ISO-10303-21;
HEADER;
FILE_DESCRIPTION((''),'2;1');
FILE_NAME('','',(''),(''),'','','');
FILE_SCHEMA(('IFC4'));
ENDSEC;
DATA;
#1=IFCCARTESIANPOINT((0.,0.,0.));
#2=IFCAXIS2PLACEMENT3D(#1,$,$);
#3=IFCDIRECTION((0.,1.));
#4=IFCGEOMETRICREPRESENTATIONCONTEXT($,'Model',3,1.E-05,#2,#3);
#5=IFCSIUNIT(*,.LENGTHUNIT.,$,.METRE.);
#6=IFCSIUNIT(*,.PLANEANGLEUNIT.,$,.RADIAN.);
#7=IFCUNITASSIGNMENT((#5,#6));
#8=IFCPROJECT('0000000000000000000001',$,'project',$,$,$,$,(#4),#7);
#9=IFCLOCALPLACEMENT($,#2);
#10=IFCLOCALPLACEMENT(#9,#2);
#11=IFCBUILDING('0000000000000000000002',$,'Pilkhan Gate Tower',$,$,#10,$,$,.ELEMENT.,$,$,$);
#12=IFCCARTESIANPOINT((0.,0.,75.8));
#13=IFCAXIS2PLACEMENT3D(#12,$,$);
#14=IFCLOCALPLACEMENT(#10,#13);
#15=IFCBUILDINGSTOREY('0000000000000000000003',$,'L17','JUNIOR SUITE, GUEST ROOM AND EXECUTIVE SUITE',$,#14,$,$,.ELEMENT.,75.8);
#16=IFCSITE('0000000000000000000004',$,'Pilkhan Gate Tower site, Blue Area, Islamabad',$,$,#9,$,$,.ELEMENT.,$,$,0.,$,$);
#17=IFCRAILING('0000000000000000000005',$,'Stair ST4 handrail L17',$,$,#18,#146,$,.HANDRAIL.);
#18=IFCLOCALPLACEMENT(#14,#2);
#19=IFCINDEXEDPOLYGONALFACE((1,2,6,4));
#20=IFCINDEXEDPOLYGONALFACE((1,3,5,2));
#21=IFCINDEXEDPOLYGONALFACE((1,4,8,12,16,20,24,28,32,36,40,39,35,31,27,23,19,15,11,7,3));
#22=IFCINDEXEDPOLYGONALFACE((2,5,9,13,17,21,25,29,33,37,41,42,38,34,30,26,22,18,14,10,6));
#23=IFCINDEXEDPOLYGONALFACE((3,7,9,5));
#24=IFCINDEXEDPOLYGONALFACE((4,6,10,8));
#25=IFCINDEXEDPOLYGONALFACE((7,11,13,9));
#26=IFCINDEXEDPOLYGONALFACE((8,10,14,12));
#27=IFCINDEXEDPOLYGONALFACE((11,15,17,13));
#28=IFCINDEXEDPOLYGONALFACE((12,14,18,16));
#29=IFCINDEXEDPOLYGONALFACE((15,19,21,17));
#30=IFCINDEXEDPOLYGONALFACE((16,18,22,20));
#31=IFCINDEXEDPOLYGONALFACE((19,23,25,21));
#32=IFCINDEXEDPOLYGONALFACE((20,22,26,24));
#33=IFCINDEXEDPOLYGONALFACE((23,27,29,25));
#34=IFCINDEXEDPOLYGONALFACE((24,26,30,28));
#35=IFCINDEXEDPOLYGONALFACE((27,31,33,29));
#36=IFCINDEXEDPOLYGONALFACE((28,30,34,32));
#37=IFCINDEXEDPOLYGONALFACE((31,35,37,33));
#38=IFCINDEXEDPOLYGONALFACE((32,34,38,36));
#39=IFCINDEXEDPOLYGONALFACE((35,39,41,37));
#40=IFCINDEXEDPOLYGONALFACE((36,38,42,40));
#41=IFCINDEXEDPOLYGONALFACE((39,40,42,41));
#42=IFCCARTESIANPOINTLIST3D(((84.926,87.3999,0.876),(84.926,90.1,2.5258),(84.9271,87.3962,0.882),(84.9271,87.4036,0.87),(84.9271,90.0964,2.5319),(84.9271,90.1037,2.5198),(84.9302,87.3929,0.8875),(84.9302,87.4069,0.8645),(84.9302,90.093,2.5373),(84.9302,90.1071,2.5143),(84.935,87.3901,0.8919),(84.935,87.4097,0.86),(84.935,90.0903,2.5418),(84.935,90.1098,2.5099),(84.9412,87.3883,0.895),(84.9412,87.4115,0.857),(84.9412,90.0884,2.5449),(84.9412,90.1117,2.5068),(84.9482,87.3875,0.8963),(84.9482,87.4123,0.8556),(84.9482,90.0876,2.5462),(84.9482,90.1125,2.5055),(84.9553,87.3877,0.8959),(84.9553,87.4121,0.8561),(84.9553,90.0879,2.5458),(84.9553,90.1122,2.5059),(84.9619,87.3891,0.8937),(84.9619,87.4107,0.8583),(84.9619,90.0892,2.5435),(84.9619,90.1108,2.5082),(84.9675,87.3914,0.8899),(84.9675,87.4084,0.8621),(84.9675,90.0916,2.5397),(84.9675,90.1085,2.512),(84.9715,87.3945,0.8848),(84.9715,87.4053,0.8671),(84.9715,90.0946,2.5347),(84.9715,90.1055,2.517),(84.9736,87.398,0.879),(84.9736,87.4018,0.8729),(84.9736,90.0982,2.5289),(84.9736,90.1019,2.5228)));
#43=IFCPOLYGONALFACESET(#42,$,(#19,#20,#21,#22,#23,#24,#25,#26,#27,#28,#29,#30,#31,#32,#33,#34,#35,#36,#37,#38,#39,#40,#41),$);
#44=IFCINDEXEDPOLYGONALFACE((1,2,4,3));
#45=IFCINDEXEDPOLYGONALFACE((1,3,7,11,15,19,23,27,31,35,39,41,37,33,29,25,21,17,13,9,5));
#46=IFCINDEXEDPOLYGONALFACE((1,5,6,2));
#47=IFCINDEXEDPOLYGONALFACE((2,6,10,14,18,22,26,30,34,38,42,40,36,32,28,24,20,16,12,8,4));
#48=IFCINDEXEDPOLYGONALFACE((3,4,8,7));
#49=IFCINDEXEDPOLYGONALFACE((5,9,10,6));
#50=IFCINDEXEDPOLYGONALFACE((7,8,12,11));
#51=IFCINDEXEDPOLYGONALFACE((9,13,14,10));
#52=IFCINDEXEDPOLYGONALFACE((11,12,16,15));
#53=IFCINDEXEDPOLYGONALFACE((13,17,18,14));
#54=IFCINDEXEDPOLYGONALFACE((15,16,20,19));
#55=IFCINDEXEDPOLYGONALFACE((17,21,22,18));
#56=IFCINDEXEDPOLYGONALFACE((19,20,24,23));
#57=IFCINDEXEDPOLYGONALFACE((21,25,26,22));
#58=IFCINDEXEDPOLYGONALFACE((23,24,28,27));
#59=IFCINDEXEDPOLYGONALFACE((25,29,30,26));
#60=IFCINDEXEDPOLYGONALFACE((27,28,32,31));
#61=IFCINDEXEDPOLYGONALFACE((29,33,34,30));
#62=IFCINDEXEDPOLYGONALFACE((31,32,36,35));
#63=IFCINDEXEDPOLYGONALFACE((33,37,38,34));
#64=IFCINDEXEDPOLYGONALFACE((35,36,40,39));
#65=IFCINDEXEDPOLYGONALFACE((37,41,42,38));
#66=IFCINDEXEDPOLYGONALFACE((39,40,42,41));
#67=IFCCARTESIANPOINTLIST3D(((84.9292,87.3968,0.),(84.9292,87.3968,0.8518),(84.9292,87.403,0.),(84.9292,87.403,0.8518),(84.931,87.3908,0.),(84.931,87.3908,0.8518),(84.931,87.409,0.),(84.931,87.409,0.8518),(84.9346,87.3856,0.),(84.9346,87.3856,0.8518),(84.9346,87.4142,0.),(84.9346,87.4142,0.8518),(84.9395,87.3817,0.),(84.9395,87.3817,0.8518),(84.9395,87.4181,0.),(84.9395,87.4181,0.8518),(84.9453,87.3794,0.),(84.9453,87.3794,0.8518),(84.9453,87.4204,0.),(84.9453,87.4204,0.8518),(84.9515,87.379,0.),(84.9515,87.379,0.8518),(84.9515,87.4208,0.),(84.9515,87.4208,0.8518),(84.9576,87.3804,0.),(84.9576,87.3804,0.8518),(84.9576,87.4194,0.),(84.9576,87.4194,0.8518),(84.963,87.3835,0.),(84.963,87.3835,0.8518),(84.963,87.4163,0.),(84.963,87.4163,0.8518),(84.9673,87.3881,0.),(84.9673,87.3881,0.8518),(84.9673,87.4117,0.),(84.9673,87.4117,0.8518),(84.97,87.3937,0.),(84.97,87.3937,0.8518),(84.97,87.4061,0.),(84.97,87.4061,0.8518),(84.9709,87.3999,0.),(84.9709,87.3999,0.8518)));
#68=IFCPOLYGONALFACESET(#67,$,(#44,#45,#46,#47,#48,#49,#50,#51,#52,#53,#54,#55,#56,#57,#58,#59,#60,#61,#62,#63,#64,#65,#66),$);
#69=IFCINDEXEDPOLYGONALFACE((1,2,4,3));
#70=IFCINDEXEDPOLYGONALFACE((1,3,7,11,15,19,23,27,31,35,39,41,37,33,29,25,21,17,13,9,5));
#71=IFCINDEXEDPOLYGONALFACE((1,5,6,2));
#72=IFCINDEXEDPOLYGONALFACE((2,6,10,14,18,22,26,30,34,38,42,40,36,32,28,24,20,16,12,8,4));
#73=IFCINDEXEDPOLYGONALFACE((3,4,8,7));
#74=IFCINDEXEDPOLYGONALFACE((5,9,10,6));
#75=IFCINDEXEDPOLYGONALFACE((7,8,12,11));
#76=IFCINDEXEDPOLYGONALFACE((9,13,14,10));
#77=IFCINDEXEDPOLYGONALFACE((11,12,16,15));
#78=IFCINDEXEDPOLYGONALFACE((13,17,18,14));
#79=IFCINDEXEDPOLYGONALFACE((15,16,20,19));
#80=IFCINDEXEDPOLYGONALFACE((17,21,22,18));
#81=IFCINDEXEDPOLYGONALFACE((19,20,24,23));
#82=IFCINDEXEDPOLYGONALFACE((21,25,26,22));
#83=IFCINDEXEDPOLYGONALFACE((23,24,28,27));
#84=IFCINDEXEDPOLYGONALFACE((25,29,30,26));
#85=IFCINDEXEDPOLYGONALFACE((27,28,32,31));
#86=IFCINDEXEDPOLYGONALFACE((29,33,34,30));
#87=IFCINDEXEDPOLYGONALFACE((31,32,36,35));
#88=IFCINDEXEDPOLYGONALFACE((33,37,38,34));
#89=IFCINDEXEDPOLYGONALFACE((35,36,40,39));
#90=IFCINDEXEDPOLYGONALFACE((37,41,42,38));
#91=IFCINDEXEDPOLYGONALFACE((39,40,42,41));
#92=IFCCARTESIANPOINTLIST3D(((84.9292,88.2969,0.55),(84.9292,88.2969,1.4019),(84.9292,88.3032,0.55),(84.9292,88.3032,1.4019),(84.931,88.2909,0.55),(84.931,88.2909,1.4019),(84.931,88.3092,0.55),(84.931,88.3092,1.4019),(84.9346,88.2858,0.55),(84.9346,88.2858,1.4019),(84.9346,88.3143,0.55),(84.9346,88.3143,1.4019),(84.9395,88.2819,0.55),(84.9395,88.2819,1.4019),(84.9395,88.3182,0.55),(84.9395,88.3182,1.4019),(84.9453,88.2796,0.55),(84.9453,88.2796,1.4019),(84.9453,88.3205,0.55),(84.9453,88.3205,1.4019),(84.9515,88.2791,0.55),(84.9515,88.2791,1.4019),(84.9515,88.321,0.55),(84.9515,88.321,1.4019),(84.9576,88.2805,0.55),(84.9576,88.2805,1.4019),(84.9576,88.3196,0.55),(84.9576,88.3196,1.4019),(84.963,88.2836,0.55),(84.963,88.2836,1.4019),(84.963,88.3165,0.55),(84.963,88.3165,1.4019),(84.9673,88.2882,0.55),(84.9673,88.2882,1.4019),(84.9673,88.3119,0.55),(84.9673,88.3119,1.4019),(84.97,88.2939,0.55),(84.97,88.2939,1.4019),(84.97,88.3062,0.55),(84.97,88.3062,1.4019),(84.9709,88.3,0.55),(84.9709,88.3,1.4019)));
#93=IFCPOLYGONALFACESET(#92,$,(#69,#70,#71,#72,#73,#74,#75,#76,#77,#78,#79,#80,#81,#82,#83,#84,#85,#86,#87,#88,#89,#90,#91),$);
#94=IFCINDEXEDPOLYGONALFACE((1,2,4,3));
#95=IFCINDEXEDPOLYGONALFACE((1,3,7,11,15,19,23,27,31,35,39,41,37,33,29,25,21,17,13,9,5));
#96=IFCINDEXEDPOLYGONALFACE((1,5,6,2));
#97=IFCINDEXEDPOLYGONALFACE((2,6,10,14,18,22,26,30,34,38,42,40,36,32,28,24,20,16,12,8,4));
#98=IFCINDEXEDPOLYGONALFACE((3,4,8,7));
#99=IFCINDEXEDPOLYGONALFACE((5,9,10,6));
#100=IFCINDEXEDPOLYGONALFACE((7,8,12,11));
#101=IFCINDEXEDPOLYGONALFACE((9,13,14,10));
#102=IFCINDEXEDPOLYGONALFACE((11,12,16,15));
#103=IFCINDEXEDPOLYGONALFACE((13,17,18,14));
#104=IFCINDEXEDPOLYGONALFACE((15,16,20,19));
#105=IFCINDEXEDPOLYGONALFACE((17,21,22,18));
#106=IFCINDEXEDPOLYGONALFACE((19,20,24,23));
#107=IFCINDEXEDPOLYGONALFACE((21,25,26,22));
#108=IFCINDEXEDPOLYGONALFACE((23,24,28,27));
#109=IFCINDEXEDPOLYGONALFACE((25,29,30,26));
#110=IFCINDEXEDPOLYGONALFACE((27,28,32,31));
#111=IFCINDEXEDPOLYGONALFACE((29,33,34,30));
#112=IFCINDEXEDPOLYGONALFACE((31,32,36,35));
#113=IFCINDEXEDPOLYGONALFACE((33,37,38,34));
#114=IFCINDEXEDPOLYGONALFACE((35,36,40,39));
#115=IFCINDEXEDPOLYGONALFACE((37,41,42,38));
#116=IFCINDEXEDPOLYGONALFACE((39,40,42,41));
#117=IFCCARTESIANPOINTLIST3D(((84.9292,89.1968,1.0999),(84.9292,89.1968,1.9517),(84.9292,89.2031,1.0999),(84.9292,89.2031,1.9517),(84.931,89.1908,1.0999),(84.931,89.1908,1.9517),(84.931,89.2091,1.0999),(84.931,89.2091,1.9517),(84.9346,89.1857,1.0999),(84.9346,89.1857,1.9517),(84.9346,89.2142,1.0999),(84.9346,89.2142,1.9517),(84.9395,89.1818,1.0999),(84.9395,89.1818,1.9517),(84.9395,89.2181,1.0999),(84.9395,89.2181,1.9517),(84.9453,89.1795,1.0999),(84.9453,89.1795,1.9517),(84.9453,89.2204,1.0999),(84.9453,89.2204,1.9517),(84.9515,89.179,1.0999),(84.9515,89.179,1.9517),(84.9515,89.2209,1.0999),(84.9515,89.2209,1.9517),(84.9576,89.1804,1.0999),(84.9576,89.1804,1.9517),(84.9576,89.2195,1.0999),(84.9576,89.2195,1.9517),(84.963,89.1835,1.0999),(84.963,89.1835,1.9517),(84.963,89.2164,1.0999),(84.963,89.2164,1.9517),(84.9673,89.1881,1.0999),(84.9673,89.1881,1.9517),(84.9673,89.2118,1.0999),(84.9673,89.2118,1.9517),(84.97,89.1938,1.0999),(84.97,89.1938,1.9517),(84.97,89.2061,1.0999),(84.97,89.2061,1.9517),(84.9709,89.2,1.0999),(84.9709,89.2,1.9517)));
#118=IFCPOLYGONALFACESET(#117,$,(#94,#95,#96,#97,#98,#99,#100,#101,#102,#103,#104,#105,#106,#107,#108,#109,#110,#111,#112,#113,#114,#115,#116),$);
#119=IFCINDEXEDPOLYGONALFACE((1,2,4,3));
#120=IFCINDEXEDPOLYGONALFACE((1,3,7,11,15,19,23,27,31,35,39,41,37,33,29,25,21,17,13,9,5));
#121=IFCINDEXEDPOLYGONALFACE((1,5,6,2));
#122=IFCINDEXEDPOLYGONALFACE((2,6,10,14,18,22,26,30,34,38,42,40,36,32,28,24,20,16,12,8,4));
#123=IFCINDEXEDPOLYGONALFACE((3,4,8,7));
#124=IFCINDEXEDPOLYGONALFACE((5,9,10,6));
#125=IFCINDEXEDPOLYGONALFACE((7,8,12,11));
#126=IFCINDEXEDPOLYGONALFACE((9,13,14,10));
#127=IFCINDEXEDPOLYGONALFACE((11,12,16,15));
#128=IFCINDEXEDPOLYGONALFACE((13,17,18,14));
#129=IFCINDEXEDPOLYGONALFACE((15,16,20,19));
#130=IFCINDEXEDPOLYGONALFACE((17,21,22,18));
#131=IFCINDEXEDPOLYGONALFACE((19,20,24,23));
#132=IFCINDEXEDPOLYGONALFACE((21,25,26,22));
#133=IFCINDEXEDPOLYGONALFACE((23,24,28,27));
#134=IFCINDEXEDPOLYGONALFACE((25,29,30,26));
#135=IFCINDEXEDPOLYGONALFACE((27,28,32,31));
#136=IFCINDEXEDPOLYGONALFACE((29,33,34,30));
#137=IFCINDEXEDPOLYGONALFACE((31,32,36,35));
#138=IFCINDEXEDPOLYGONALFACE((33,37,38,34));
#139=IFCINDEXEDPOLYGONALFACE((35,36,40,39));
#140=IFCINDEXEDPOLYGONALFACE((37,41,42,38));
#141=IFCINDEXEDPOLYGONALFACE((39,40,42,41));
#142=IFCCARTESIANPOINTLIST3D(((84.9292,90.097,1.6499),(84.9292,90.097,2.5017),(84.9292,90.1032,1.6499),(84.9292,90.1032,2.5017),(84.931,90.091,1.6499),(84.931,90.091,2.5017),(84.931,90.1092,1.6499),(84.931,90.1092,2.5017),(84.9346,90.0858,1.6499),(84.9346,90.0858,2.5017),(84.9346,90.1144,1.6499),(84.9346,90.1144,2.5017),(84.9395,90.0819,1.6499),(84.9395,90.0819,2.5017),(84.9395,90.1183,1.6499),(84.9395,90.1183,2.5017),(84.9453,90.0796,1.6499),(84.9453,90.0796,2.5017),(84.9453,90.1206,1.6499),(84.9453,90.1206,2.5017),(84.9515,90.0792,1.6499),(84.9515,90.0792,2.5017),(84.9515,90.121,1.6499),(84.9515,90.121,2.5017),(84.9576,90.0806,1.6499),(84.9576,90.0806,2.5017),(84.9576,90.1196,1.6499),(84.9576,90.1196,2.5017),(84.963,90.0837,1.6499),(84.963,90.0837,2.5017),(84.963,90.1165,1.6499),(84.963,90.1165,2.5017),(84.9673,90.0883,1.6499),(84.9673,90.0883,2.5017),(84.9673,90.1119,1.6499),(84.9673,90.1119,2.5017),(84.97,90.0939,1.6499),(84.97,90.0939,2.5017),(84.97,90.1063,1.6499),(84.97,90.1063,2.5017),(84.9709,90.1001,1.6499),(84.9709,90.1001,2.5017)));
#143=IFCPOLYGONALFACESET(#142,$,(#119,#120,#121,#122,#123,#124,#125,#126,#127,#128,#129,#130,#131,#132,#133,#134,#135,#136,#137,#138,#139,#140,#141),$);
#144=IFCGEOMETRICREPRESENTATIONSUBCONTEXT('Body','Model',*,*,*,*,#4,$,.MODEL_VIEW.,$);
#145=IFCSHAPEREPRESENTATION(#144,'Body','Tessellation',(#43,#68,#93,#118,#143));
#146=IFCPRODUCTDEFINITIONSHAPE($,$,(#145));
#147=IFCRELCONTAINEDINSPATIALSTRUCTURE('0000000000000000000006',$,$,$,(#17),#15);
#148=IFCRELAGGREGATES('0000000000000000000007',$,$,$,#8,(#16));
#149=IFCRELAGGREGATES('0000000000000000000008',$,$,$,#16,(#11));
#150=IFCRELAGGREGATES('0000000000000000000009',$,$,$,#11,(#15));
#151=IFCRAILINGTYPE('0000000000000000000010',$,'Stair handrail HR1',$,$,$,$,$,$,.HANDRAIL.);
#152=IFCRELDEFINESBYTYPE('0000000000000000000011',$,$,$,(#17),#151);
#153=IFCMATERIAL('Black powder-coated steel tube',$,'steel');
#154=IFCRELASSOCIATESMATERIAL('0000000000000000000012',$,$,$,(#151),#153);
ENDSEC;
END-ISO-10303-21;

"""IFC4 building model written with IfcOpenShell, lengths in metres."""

from ifc_helpers import new_model, si_unit, direction, frame, origin, origin_2d, place, context, subcontext, project, spatial, circle, extrude, material, type_object, element, save


model = new_model("IFC4")

# Units and contexts
model_context = context("Model", 3, precision=1e-05, world=origin(), true_north=direction((0.0, 1.0)))
body_context = subcontext(model_context, "Body", "Model", "MODEL_VIEW")
ifc_project = project(units=[si_unit("LENGTHUNIT", "METRE"), si_unit("PLANEANGLEUNIT", "RADIAN")], contexts=[model_context])

# Site, building, storey
site_placement = place(None, origin())
site = spatial("IfcSite", under=ifc_project, at=site_placement, Name="Pilkhan Gate Tower site, Blue Area, Islamabad", CompositionType="ELEMENT", RefElevation=0.0)
building_placement = place(site_placement, origin())
building = spatial("IfcBuilding", under=site, at=building_placement, Name="Pilkhan Gate Tower", CompositionType="ELEMENT")
storey_placement = place(building_placement, frame((0.0, 0.0, 75.8)))
storey = spatial("IfcBuildingStorey", under=building, at=storey_placement, Name="L17", Description="JUNIOR SUITE, GUEST ROOM AND EXECUTIVE SUITE", CompositionType="ELEMENT", Elevation=75.8)

# Railing
ifc_material_1 = material(Name="Black powder-coated steel tube", Category="steel")
railing_type_1 = type_object("IfcRailingType", Name="Stair handrail HR1", PredefinedType="HANDRAIL", material=ifc_material_1)
railing_1_placement = place(storey_placement, frame((84.95, 87.3999, 0.0)))
element("IfcRailing", 1, at=railing_1_placement, inside=storey, type_object=railing_type_1, Name="Stair ST4 handrail L17", PredefinedType="HANDRAIL", context=body_context, shape_type="SweptSolid", body=[
    extrude(circle(Radius=0.0239, at=origin_2d()), frame((0.0, 0.0, 0.876), z_axis=(0.0, 0.853312, 0.5214), x_axis=(-1.0, 0.0, 0.0)), (0.0, 0.0, 1.0), 3.1643),
    extrude(circle(Radius=0.021, at=origin_2d()), origin(), (0.0, 0.0, 1.0), 0.8518),
    extrude(circle(Radius=0.021, at=origin_2d()), frame((0.0, 0.9001, 0.55)), (0.0, 0.0, 1.0), 0.8518),
    extrude(circle(Radius=0.021, at=origin_2d()), frame((0.0, 1.8, 1.0999)), (0.0, 0.0, 1.0), 0.8518),
    extrude(circle(Radius=0.021, at=origin_2d()), frame((0.0, 2.7002, 1.6499)), (0.0, 0.0, 1.0), 0.8518),
])

save(model, "model.ifc")
